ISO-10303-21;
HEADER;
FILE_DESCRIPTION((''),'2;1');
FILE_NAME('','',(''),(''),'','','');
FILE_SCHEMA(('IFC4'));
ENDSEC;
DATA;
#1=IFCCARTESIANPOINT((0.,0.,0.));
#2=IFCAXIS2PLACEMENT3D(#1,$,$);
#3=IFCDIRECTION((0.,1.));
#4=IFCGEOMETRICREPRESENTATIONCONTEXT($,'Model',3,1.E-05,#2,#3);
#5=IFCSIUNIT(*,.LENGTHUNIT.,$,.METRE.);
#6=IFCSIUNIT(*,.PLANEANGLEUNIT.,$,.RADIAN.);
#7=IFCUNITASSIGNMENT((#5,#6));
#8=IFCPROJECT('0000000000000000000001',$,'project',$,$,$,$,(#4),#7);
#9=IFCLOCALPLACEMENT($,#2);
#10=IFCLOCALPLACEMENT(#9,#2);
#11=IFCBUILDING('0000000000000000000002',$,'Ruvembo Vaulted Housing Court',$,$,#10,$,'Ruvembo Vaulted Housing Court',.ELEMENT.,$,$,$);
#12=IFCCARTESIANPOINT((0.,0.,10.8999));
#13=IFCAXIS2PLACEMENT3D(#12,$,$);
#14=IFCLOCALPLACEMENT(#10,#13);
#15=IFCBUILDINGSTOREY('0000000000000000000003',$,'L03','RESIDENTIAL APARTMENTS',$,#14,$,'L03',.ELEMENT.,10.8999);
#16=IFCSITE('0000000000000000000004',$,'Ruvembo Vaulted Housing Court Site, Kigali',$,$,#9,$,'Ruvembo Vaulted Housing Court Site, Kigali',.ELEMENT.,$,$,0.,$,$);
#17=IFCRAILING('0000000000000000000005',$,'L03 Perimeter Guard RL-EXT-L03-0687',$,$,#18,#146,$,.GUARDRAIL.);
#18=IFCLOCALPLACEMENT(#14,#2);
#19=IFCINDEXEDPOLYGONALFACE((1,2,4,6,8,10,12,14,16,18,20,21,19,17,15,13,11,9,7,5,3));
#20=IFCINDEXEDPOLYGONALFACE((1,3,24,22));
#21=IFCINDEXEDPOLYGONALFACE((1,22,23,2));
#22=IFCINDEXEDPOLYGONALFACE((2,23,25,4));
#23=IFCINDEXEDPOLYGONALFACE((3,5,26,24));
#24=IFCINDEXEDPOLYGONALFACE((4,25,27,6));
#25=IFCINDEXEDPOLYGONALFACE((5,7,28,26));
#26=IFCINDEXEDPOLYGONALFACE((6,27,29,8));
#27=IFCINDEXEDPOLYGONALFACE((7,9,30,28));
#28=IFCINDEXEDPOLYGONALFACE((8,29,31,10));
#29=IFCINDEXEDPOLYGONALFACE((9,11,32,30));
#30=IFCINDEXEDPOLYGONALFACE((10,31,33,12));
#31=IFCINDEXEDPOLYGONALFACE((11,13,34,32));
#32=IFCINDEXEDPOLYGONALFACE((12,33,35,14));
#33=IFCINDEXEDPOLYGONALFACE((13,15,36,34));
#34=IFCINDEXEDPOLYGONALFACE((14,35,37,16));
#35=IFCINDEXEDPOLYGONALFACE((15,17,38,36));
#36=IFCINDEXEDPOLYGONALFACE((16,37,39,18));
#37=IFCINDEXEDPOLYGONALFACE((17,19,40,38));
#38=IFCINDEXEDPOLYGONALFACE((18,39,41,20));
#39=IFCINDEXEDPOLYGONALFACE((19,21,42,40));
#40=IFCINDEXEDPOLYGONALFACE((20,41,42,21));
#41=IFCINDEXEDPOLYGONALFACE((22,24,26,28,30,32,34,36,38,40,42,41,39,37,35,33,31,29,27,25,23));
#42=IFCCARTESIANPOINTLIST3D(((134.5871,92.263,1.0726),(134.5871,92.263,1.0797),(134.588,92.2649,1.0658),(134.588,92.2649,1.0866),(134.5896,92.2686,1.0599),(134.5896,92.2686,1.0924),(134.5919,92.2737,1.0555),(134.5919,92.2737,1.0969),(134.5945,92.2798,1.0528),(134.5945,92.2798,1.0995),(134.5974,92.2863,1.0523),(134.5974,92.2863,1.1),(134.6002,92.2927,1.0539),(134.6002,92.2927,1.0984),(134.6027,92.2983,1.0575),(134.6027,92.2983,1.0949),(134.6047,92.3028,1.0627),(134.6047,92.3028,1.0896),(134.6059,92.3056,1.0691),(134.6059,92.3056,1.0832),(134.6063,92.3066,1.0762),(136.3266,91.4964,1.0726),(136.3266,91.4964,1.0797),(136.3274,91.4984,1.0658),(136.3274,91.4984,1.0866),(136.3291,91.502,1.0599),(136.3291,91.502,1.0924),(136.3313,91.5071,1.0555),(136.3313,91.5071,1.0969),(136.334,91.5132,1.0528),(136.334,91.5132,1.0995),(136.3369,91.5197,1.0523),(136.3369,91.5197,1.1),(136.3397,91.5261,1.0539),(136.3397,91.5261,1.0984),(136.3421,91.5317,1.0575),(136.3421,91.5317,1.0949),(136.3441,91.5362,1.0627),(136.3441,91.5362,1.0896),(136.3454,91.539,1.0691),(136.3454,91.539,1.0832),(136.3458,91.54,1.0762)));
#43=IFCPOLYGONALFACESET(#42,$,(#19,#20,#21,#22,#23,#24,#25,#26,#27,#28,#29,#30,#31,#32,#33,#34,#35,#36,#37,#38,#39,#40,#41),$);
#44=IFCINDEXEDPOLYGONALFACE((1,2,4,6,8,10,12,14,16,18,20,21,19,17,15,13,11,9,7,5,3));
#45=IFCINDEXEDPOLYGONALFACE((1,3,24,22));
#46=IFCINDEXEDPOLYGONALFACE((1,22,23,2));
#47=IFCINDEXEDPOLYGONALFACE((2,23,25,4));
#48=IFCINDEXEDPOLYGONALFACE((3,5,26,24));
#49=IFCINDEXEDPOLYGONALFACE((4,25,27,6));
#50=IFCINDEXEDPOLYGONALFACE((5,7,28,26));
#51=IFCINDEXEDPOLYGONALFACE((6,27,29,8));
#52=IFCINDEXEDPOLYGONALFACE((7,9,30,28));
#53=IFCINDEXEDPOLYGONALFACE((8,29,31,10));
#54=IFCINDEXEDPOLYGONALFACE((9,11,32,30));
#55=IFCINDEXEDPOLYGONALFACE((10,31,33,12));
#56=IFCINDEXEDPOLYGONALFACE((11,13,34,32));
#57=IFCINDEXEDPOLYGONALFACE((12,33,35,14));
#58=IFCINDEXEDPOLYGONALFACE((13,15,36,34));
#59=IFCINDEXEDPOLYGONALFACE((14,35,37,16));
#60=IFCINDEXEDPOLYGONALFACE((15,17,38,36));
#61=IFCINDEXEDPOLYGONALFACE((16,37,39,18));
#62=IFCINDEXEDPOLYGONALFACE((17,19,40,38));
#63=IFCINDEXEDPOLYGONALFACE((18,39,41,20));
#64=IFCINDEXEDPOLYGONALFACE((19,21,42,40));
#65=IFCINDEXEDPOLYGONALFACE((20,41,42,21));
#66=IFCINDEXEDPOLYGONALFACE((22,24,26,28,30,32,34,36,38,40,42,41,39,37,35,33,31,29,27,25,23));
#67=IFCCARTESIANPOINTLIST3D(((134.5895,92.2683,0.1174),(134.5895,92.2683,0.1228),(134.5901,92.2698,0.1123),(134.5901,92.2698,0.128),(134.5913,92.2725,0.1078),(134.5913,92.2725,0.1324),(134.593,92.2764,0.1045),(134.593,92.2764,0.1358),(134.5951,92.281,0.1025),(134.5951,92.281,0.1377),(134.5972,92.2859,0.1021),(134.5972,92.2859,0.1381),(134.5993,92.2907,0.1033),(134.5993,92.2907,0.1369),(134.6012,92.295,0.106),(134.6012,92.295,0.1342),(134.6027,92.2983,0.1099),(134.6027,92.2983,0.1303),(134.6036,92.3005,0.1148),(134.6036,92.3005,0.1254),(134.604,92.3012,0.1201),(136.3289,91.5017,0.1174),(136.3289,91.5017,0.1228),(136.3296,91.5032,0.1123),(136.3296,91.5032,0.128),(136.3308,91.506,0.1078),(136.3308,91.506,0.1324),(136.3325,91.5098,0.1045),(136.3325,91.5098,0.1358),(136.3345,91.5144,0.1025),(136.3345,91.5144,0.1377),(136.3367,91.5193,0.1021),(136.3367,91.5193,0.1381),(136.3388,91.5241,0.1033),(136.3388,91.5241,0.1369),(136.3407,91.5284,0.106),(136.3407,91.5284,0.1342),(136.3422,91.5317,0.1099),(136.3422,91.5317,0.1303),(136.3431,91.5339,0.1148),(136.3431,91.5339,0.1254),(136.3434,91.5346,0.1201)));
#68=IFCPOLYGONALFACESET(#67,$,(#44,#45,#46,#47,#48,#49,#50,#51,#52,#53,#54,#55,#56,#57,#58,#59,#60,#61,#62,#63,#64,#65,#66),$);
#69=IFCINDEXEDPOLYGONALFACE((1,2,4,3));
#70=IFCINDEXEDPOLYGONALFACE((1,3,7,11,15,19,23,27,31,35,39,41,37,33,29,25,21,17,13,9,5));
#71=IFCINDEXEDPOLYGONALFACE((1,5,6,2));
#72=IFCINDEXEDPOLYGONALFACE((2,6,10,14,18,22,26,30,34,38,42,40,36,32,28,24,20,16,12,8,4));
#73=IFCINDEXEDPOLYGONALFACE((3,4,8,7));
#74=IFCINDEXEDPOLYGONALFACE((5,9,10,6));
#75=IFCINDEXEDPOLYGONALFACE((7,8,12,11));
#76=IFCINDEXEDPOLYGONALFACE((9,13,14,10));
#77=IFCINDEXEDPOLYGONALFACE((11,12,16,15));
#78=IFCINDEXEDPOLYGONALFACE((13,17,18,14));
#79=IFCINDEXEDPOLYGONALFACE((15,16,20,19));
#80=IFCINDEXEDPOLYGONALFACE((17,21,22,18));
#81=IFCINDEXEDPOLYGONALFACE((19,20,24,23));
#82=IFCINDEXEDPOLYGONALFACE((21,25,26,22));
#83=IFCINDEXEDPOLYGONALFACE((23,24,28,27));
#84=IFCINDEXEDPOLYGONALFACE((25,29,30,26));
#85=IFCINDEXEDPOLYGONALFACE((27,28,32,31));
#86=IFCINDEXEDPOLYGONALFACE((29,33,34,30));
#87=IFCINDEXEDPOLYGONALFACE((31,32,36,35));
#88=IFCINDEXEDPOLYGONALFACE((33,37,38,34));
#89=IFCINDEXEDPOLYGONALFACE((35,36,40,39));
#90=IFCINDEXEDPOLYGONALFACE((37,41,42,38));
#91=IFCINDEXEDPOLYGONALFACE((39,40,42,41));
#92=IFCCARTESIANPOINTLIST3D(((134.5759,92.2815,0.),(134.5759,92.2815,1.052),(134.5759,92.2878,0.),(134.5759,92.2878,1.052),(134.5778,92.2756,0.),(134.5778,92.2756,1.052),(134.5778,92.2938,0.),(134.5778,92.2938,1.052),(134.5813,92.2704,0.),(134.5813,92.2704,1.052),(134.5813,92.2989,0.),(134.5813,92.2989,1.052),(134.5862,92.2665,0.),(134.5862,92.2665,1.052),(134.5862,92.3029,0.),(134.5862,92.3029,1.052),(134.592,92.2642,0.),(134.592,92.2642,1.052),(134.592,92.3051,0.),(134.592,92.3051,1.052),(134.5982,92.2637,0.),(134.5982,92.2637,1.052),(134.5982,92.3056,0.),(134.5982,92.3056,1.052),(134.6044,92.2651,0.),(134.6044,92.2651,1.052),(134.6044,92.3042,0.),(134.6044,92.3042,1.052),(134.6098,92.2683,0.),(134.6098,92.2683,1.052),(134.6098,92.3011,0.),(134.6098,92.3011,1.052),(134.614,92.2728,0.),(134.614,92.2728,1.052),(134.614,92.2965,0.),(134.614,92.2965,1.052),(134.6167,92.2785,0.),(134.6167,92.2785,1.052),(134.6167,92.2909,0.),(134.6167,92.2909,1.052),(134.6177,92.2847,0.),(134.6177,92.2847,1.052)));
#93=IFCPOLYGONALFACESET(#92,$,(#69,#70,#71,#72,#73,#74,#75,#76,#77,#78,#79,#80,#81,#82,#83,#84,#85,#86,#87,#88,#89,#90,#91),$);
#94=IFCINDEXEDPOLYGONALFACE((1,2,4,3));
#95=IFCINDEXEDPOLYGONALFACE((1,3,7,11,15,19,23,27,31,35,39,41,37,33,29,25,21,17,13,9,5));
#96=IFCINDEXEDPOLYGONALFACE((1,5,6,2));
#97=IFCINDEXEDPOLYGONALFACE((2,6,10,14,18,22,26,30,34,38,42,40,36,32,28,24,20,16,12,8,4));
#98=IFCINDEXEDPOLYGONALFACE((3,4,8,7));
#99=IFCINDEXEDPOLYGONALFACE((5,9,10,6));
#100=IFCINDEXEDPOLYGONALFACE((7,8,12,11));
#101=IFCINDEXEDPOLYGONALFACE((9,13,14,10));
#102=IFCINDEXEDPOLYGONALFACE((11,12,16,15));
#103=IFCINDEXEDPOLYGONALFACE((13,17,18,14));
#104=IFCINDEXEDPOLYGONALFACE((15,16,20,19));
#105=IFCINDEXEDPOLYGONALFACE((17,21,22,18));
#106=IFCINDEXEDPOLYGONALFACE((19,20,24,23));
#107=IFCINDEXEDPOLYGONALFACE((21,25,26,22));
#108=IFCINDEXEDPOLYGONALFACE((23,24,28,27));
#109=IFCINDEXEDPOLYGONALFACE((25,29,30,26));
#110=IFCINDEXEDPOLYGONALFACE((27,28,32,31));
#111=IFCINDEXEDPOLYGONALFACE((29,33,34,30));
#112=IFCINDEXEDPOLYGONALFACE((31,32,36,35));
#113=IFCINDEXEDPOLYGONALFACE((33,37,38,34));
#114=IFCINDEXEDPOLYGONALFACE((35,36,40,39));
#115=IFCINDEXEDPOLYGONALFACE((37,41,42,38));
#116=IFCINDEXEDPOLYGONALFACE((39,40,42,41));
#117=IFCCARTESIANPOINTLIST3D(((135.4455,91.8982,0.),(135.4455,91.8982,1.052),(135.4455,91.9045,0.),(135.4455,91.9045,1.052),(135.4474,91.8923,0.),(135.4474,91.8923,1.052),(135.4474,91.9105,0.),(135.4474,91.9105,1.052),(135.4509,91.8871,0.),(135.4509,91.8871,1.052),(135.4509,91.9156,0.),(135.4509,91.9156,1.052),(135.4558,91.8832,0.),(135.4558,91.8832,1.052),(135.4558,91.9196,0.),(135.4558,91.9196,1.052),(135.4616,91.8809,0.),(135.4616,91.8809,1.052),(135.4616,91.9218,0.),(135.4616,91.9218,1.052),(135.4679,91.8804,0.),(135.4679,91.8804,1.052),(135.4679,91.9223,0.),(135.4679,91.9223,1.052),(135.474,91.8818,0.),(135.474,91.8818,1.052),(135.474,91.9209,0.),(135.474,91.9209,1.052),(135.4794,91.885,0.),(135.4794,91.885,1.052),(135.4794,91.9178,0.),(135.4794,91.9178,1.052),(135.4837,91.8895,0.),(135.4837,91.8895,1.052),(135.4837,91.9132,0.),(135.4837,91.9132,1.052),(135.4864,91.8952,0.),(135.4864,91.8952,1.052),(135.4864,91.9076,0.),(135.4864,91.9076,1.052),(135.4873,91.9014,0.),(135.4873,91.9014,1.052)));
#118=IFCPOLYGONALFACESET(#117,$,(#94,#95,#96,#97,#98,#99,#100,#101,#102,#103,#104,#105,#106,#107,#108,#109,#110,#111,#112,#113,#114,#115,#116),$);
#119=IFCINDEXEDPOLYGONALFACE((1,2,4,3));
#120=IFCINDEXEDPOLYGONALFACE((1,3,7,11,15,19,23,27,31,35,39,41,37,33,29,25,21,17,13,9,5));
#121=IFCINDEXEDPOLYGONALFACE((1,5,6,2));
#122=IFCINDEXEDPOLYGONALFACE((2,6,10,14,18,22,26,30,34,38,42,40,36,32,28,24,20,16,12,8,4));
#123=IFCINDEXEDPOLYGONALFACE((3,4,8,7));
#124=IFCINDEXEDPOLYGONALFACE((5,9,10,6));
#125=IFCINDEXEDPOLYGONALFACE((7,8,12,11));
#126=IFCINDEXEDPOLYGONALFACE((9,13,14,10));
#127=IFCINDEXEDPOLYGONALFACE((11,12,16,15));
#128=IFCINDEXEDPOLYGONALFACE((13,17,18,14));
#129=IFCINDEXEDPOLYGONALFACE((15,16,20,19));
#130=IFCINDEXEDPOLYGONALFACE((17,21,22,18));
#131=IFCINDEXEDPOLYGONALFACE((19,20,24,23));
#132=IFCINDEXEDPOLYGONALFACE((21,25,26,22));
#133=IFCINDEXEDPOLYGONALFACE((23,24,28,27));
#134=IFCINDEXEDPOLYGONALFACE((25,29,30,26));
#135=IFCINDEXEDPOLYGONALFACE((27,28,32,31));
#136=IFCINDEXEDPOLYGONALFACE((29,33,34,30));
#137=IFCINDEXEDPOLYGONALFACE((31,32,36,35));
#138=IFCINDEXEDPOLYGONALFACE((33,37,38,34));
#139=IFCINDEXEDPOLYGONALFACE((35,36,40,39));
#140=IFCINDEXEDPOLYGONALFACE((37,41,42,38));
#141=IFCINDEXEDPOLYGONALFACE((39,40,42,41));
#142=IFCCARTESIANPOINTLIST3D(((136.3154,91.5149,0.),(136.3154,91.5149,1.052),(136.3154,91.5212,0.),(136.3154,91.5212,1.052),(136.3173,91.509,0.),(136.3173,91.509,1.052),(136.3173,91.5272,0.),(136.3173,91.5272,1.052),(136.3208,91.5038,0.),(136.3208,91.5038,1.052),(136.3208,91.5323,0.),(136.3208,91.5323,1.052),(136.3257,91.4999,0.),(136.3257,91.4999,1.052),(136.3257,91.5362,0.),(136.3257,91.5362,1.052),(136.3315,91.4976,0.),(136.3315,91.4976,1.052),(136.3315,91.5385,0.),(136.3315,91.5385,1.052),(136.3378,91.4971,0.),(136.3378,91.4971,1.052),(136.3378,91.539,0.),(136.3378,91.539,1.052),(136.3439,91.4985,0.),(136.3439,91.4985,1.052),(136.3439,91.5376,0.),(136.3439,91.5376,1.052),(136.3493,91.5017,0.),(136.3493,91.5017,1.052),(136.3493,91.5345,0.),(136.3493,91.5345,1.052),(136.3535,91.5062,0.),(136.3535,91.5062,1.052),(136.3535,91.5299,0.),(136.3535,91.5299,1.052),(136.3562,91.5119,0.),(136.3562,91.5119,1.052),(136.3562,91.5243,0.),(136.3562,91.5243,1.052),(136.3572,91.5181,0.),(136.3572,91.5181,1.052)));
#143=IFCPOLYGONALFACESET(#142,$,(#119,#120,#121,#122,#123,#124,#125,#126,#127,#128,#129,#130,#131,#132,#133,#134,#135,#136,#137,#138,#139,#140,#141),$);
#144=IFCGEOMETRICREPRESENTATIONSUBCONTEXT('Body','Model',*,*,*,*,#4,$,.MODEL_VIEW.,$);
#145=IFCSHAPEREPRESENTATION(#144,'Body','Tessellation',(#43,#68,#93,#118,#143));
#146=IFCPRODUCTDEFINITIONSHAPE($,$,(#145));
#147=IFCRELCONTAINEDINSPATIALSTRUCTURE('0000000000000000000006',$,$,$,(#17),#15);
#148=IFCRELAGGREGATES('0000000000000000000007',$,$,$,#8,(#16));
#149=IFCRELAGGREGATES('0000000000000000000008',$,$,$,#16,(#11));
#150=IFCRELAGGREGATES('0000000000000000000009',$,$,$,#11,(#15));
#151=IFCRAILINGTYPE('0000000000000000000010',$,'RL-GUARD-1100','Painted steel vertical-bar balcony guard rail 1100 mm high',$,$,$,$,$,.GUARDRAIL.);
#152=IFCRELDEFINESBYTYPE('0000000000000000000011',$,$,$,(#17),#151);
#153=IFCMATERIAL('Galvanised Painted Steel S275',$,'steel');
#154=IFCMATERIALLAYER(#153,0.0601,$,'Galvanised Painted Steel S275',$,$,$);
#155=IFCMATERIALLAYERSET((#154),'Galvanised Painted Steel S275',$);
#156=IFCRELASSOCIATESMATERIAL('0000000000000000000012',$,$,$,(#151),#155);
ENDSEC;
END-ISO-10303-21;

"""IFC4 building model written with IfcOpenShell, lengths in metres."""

from ifc_helpers import new_model, si_unit, direction, frame, origin, origin_2d, place, context, subcontext, project, spatial, circle, extrude, material, layer, layer_set, type_object, element, save


model = new_model("IFC4")

# Units and contexts
model_context = context("Model", 3, precision=1e-05, world=origin(), true_north=direction((0.0, 1.0)))
body_context = subcontext(model_context, "Body", "Model", "MODEL_VIEW")
ifc_project = project(units=[si_unit("LENGTHUNIT", "METRE"), si_unit("PLANEANGLEUNIT", "RADIAN")], contexts=[model_context])

# Site, building, storey
site_placement = place(None, origin())
site = spatial("IfcSite", under=ifc_project, at=site_placement, Name="Ruvembo Vaulted Housing Court Site, Kigali", LongName="Ruvembo Vaulted Housing Court Site, Kigali", CompositionType="ELEMENT", RefElevation=0.0)
building_placement = place(site_placement, origin())
building = spatial("IfcBuilding", under=site, at=building_placement, Name="Ruvembo Vaulted Housing Court", LongName="Ruvembo Vaulted Housing Court", CompositionType="ELEMENT")
storey_placement = place(building_placement, frame((0.0, 0.0, 10.8999)))
storey = spatial("IfcBuildingStorey", under=building, at=storey_placement, Name="L03", Description="RESIDENTIAL APARTMENTS", LongName="L03", CompositionType="ELEMENT", Elevation=10.8999)

# Railing
ifc_material_1 = material(Name="Galvanised Painted Steel S275", Category="steel")
ifc_layer_1 = layer(ifc_material_1, 0.0601, Name="Galvanised Painted Steel S275")
ifc_layer_set_1 = layer_set([ifc_layer_1], Name="Galvanised Painted Steel S275")
railing_type = type_object("IfcRailingType", Name="RL-GUARD-1100", Description="Painted steel vertical-bar balcony guard rail 1100 mm high", PredefinedType="GUARDRAIL", material=ifc_layer_set_1)
railing_1_placement = place(storey_placement, frame((134.5967, 92.2847, 0.0)))
element("IfcRailing", 1, at=railing_1_placement, inside=storey, type_object=railing_type, Name="L03 Perimeter Guard RL-EXT-L03-0687", PredefinedType="GUARDRAIL", context=body_context, shape_type="SweptSolid", body=[
    extrude(circle(Radius=0.0239, at=origin_2d()), frame((0.0, 0.0, 1.0762), z_axis=(0.915078, -0.403277, 0.0), x_axis=(0.403277, 0.915078, 0.0)), (0.0, 0.0, 1.0), 1.9009),
    extrude(circle(Radius=0.0181, at=origin_2d()), frame((0.0, 0.0, 0.1201), z_axis=(0.915078, -0.403277, 0.0), x_axis=(0.403277, 0.915078, 0.0)), (0.0, 0.0, 1.0), 1.9009),
    extrude(circle(Radius=0.021, at=origin_2d()), origin(), (0.0, 0.0, 1.0), 1.052),
    extrude(circle(Radius=0.021, at=origin_2d()), frame((0.8696, -0.3833, 0.0)), (0.0, 0.0, 1.0), 1.052),
    extrude(circle(Radius=0.021, at=origin_2d()), frame((1.7395, -0.7666, 0.0)), (0.0, 0.0, 1.0), 1.052),
])

save(model, "model.ifc")
